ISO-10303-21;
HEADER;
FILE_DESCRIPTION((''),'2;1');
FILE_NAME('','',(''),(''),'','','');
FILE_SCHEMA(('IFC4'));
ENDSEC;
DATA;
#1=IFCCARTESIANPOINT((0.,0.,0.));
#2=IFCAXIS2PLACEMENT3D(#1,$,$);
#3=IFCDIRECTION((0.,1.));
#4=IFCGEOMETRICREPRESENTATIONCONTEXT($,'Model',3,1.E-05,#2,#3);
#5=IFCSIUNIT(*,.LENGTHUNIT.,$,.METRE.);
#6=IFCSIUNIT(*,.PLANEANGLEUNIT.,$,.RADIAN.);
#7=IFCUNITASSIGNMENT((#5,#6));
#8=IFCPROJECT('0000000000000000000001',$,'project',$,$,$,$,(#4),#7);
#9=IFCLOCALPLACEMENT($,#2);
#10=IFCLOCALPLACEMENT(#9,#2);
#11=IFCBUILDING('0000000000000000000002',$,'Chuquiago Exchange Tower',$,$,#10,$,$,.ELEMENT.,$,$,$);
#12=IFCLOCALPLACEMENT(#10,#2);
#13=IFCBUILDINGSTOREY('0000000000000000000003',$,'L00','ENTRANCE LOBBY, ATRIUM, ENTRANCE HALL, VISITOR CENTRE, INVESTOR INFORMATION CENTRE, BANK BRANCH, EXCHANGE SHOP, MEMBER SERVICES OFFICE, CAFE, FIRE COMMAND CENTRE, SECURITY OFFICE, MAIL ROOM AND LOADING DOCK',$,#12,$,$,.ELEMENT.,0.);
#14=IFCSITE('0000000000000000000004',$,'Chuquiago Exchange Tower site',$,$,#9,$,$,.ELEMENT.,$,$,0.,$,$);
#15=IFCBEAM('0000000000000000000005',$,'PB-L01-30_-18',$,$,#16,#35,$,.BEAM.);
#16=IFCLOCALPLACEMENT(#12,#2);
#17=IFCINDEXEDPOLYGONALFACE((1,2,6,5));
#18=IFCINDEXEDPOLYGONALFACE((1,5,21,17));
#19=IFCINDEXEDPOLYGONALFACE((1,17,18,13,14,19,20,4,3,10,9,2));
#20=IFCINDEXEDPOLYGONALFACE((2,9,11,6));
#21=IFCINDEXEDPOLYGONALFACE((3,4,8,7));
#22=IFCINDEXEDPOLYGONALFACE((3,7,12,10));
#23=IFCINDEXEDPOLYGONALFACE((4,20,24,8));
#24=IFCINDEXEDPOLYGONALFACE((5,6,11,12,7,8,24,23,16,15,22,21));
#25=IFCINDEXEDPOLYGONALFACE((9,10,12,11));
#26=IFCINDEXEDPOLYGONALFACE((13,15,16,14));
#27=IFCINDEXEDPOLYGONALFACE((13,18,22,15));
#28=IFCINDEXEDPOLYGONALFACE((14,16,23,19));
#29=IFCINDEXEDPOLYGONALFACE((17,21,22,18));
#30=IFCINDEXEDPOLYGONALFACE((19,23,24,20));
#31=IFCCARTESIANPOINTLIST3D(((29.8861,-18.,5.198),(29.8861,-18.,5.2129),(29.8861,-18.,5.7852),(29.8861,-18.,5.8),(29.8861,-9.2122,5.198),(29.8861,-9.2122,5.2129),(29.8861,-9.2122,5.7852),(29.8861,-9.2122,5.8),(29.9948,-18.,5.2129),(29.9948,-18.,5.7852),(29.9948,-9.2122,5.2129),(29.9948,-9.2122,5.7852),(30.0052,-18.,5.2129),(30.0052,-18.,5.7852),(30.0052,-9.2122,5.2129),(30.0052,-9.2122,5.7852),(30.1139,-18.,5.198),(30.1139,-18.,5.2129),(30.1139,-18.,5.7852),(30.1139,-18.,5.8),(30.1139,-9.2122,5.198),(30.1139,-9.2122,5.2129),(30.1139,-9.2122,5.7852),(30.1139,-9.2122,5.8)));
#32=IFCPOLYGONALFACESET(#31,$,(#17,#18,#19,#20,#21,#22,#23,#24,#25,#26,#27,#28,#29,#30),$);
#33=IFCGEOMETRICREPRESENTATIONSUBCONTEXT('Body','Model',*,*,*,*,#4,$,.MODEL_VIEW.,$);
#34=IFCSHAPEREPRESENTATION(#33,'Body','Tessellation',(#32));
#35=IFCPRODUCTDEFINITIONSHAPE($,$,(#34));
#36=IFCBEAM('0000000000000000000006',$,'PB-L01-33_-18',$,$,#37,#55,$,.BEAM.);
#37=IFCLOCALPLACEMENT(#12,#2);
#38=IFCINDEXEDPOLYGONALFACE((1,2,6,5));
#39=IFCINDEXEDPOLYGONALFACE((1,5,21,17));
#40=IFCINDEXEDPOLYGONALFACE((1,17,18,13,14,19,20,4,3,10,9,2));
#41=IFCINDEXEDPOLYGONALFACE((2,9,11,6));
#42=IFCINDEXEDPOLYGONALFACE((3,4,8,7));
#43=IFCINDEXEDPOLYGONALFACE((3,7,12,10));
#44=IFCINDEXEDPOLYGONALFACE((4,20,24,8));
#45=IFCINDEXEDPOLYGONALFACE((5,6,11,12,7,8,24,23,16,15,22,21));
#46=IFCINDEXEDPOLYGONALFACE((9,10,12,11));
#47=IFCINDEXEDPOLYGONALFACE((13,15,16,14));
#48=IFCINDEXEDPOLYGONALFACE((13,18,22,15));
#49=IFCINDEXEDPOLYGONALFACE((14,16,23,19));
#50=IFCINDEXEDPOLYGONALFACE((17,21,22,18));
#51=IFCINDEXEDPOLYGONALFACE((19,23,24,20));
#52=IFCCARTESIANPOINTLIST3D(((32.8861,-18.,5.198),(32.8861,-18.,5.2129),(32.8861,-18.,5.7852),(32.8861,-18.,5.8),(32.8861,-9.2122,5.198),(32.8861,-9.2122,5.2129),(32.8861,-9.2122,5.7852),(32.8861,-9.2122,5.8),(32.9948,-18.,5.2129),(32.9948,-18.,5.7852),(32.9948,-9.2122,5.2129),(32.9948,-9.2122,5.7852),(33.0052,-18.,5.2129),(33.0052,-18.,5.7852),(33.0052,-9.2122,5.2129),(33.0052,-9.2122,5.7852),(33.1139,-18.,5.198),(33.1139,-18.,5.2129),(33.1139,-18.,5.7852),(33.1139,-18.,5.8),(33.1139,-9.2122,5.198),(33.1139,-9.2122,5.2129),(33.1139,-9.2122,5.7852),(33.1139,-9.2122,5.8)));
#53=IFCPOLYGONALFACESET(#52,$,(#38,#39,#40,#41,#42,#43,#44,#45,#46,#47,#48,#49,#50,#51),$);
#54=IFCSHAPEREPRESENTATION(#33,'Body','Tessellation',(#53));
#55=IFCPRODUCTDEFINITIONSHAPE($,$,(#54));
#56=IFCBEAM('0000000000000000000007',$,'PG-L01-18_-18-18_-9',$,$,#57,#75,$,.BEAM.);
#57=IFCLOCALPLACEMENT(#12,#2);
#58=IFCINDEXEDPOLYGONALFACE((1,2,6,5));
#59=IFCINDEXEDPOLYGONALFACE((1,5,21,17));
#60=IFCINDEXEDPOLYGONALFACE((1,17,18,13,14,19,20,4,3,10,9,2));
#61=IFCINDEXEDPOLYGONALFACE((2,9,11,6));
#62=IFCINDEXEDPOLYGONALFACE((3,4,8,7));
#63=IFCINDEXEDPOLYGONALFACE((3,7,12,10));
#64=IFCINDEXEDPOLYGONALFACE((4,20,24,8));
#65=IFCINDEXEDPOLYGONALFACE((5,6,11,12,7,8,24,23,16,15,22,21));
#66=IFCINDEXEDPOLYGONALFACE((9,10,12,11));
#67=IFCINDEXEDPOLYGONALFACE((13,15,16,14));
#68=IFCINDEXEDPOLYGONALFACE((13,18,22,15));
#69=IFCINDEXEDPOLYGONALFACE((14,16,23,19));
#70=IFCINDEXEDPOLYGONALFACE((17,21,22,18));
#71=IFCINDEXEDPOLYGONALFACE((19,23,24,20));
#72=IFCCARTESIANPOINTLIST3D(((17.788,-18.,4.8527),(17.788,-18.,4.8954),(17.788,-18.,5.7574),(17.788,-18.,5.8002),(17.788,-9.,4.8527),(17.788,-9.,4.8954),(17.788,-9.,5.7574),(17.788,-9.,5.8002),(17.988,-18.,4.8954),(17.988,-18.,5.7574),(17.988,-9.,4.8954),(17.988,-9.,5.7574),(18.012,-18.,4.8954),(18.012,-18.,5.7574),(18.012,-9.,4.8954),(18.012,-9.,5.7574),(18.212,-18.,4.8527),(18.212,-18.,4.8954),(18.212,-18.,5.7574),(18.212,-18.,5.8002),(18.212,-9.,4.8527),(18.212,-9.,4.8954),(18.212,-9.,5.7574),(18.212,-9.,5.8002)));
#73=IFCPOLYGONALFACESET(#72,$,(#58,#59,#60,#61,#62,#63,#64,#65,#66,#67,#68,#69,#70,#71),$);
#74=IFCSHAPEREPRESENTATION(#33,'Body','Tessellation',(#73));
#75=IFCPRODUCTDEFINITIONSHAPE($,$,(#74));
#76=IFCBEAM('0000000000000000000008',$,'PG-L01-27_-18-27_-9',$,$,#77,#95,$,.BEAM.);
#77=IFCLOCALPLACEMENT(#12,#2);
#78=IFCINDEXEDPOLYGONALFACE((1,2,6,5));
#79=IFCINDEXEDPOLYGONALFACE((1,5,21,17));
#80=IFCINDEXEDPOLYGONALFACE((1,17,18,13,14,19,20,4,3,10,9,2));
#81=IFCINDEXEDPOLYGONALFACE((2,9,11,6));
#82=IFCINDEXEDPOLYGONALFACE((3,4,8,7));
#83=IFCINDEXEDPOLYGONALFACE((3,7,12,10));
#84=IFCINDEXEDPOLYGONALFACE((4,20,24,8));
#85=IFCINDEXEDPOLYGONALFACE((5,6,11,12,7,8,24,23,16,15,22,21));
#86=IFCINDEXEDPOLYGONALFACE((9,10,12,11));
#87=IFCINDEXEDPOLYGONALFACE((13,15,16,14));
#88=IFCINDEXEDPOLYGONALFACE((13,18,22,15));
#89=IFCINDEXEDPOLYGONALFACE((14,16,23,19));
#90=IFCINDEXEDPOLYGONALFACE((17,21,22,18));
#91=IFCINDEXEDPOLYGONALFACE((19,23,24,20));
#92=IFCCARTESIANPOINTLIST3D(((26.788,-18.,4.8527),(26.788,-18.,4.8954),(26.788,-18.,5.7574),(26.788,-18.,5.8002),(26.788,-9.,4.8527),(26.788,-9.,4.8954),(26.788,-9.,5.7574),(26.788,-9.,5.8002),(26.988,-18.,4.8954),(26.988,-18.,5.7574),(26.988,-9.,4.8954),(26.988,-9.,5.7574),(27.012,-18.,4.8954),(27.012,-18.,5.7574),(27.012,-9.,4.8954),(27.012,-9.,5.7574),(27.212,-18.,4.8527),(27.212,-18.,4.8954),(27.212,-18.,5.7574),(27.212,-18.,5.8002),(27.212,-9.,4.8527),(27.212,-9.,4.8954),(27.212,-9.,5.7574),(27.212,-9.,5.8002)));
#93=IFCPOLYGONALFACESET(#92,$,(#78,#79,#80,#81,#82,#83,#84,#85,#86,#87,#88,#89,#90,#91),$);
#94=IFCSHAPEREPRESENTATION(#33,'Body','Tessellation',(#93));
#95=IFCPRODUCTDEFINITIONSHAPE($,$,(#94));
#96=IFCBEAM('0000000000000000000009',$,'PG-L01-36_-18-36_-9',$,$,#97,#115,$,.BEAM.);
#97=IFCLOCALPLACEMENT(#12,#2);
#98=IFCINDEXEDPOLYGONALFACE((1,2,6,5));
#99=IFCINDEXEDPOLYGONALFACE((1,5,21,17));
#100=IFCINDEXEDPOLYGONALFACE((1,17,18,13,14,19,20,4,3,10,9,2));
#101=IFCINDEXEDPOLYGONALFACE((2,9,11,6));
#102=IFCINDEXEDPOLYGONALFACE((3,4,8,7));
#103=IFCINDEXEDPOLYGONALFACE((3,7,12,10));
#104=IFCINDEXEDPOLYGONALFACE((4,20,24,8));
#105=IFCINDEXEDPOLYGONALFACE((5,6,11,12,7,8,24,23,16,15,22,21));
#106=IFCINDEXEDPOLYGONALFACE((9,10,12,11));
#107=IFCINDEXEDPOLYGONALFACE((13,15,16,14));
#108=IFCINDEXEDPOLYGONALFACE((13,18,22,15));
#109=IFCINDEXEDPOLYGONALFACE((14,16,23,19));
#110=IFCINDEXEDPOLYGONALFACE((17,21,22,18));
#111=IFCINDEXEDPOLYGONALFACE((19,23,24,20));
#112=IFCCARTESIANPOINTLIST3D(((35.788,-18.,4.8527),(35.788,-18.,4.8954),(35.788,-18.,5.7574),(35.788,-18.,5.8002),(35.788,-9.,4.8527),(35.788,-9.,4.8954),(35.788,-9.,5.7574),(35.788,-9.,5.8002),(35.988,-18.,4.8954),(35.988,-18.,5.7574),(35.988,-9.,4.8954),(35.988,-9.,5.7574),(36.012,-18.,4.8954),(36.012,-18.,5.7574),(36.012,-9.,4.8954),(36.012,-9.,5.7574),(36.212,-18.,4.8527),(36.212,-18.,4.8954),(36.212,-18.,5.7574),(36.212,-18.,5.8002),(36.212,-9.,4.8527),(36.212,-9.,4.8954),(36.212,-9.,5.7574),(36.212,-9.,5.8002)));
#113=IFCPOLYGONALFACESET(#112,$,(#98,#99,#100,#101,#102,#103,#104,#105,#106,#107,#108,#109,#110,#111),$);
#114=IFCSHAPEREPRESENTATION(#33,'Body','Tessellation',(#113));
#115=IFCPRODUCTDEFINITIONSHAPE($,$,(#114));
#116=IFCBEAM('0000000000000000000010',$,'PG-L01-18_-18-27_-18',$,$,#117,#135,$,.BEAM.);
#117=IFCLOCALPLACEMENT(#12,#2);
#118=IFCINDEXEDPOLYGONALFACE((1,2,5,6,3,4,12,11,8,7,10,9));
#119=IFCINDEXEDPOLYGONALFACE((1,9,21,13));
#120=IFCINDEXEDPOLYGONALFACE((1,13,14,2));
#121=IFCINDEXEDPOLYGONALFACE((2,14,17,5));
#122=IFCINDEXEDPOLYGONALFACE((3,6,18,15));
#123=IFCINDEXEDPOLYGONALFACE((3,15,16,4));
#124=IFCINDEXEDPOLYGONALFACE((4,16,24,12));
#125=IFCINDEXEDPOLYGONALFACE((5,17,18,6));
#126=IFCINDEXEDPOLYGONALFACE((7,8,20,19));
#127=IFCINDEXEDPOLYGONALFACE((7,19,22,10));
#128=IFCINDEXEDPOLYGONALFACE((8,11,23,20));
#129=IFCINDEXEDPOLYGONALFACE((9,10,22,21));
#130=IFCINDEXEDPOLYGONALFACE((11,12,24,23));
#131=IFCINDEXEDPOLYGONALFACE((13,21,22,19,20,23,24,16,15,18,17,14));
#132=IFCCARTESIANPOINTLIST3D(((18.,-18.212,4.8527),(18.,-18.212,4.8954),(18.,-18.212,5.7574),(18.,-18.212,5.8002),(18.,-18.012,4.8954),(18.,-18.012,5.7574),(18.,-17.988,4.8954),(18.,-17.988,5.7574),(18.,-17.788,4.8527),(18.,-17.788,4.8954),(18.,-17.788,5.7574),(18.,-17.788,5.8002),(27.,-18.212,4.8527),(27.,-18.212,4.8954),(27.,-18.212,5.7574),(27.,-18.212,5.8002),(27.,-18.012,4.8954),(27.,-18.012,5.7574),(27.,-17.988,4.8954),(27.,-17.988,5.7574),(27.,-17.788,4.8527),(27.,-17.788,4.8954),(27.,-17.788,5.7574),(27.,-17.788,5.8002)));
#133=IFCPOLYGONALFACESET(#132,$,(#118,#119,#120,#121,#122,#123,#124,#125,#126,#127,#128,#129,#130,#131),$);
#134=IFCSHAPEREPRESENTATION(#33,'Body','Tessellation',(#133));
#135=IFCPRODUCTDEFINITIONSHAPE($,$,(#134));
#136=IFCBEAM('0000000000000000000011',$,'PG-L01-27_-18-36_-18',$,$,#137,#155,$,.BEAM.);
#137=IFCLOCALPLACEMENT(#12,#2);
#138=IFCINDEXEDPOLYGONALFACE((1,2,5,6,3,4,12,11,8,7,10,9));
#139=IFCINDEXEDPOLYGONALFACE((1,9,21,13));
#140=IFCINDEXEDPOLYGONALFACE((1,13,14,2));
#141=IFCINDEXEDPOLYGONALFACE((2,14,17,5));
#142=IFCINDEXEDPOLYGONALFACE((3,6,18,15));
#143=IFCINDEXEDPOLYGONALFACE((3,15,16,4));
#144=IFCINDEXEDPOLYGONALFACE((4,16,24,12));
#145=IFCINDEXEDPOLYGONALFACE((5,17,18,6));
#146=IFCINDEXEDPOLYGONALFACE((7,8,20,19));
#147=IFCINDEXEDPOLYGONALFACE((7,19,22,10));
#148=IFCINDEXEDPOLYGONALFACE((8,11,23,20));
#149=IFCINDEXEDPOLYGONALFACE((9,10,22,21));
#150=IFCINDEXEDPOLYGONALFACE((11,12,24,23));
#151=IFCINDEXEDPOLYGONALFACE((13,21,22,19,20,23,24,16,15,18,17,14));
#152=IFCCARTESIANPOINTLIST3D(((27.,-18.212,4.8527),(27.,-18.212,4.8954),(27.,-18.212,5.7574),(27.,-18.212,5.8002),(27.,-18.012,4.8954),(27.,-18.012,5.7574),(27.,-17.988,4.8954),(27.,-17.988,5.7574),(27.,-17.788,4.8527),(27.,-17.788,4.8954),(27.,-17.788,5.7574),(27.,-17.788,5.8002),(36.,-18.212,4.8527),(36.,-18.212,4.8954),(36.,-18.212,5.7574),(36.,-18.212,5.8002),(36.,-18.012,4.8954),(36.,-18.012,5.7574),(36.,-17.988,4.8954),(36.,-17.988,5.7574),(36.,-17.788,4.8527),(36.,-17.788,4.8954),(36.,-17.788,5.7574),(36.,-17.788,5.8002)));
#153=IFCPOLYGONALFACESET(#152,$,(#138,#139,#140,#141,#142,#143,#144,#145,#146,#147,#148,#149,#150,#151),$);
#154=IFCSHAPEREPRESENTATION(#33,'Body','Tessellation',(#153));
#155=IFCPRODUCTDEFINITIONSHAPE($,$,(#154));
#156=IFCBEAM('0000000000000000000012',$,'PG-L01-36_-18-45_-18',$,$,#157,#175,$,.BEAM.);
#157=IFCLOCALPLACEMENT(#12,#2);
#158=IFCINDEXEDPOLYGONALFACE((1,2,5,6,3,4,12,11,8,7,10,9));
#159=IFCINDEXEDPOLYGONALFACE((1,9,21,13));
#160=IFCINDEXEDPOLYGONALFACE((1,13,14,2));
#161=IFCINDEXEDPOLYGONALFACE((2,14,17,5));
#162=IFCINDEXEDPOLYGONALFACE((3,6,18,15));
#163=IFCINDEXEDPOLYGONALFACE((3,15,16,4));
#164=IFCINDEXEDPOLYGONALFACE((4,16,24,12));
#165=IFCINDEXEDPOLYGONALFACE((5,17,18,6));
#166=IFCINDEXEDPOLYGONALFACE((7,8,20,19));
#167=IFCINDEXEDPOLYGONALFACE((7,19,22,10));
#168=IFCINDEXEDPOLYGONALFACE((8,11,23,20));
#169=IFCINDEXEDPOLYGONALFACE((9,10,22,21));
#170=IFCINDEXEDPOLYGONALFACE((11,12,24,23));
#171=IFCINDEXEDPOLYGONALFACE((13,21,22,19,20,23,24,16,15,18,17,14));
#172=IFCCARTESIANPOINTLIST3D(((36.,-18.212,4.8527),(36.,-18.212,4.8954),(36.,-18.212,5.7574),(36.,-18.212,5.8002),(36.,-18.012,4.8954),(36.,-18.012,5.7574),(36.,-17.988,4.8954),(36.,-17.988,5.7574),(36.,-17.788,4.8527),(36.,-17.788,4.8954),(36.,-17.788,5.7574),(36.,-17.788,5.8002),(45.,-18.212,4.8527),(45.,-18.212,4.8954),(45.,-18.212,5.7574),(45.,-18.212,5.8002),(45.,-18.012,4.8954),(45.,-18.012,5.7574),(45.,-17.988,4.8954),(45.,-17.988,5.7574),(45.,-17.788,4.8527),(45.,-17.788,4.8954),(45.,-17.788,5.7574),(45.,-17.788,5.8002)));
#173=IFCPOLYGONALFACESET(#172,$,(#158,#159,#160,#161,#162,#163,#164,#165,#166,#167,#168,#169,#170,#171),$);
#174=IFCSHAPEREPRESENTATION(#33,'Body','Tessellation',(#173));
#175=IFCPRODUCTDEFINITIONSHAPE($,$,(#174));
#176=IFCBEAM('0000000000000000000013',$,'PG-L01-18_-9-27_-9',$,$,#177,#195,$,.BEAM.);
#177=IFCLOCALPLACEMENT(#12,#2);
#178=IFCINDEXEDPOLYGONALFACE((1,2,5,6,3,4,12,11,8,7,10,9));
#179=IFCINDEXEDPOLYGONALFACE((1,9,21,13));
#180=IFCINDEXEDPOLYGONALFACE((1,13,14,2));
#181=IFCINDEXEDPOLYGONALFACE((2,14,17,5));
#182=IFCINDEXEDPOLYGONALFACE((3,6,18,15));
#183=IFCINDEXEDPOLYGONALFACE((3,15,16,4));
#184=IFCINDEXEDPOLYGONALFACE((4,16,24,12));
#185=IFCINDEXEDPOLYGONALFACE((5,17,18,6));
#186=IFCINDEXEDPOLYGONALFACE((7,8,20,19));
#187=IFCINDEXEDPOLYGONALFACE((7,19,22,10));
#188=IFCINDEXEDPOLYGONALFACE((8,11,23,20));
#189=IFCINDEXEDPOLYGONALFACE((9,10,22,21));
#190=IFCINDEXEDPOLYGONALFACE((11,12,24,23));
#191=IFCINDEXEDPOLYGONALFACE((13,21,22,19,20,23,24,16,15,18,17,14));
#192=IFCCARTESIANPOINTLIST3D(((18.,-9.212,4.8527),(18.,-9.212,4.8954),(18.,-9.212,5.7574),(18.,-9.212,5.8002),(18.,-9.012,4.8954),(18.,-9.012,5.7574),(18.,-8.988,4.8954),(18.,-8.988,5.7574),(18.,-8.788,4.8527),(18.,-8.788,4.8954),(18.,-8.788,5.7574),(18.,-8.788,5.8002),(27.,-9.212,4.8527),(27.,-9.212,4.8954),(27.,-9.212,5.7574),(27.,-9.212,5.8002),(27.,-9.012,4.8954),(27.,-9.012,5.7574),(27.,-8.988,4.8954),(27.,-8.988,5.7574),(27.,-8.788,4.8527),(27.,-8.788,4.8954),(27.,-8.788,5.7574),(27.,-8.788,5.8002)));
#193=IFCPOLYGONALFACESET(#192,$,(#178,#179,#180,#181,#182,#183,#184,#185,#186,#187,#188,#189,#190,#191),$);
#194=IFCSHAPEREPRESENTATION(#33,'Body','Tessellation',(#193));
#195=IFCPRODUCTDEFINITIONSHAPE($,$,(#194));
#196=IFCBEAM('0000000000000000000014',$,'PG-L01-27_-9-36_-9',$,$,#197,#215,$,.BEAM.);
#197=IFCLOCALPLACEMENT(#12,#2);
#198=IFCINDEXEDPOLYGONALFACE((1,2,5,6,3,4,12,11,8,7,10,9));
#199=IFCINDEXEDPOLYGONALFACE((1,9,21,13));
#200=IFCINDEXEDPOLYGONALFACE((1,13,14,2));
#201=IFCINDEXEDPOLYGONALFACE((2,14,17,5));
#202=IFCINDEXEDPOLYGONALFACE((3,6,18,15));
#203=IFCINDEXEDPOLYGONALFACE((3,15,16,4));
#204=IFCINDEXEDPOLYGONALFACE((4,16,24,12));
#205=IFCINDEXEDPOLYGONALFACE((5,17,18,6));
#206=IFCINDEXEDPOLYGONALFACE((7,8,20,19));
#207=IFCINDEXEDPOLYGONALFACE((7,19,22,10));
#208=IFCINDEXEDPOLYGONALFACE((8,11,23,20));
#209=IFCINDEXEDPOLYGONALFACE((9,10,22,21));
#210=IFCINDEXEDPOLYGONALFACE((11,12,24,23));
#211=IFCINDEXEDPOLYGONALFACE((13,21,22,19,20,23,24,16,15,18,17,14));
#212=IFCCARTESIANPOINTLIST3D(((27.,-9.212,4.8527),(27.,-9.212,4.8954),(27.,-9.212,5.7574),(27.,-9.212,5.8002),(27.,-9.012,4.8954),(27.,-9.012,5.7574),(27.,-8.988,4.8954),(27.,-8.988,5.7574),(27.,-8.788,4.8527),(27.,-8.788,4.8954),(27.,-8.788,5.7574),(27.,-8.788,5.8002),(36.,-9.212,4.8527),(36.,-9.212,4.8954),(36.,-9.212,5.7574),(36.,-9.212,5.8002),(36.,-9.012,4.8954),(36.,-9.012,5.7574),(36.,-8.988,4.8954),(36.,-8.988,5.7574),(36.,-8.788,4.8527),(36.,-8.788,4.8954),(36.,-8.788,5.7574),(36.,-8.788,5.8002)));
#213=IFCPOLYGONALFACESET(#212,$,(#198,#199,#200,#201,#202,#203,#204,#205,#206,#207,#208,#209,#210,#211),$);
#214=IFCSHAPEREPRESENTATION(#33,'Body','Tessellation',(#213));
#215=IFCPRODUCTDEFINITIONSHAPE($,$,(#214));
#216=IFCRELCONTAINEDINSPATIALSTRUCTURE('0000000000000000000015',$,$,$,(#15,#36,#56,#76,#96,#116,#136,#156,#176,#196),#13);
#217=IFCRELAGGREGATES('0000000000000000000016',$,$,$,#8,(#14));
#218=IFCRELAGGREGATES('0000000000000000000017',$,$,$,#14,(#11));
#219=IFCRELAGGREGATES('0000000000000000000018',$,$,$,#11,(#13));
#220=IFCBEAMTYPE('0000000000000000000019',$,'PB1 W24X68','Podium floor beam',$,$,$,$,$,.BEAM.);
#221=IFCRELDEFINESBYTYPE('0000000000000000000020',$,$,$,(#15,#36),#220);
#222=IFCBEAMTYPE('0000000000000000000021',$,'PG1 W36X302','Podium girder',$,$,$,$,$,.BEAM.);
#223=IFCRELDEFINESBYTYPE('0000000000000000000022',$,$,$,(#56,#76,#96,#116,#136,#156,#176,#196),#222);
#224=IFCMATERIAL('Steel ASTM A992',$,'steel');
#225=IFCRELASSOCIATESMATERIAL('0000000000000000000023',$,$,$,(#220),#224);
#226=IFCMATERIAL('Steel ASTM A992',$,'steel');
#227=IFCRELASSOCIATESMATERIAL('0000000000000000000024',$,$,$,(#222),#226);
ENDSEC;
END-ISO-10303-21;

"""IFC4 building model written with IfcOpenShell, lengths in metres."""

from ifc_helpers import new_model, si_unit, direction, frame, origin, origin_2d, place, context, subcontext, project, spatial, i_section, extrude, material, material_profile, profile_set, type_object, element, save


model = new_model("IFC4")

# Units and contexts
model_context = context("Model", 3, precision=1e-05, world=origin(), true_north=direction((0.0, 1.0)))
body_context = subcontext(model_context, "Body", "Model", "MODEL_VIEW")
ifc_project = project(units=[si_unit("LENGTHUNIT", "METRE"), si_unit("PLANEANGLEUNIT", "RADIAN")], contexts=[model_context])

# Site, building, storey
site_placement = place(None, origin())
site = spatial("IfcSite", under=ifc_project, at=site_placement, Name="Chuquiago Exchange Tower site", CompositionType="ELEMENT", RefElevation=0.0)
building_placement = place(site_placement, origin())
building = spatial("IfcBuilding", under=site, at=building_placement, Name="Chuquiago Exchange Tower", CompositionType="ELEMENT")
storey_placement = place(building_placement, origin())
storey = spatial("IfcBuildingStorey", under=building, at=storey_placement, Name="L00", Description="ENTRANCE LOBBY, ATRIUM, ENTRANCE HALL, VISITOR CENTRE, INVESTOR INFORMATION CENTRE, BANK BRANCH, EXCHANGE SHOP, MEMBER SERVICES OFFICE, CAFE, FIRE COMMAND CENTRE, SECURITY OFFICE, MAIL ROOM AND LOADING DOCK", CompositionType="ELEMENT", Elevation=0.0)

# Beams
ifc_material_1 = material(Name="Steel ASTM A992", Category="steel")
ifc_material_profile_1 = material_profile(ifc_material_1, i_section(OverallWidth=0.2278, OverallDepth=0.6021, WebThickness=0.0105, FlangeThickness=0.0149, at=origin_2d()), Name="W24X68")
ifc_profile_set_1 = profile_set([ifc_material_profile_1], Name="Steel ASTM A992")
beam_type_1 = type_object("IfcBeamType", Name="PB1 W24X68", Description="Podium floor beam", PredefinedType="BEAM", material=ifc_profile_set_1)
for number, where, z_axis, x_axis, name in (
    (1, (30.0, -18.0, 5.499), (0.0, 1.0, 0.0), (-1.0, 0.0, 0.0), "PB-L01-30_-18"),
    (2, (33.0, -18.0, 5.499), (0.0, 1.0, 0.0), (-1.0, 0.0, 0.0), "PB-L01-33_-18"),
):
    element("IfcBeam", number, at=place(storey_placement, frame(where, z_axis=z_axis, x_axis=x_axis)), inside=storey, type_object=beam_type_1, Name=name, PredefinedType="BEAM", context=body_context, shape_type="SweptSolid", body=[
        extrude(i_section(OverallWidth=0.2278, OverallDepth=0.6021, WebThickness=0.0105, FlangeThickness=0.0149, at=origin_2d()), origin(), (0.0, 0.0, 1.0), 8.7878),
    ])
ifc_material_2 = material(Name="Steel ASTM A992", Category="steel")
ifc_material_profile_2 = material_profile(ifc_material_2, i_section(OverallWidth=0.4241, OverallDepth=0.9475, WebThickness=0.0239, FlangeThickness=0.0427, at=origin_2d()), Name="W36X302")
ifc_profile_set_2 = profile_set([ifc_material_profile_2], Name="Steel ASTM A992")
beam_type_2 = type_object("IfcBeamType", Name="PG1 W36X302", Description="Podium girder", PredefinedType="BEAM", material=ifc_profile_set_2)
for number, where, z_axis, x_axis, name in (
    (3, (18.0, -18.0, 5.3264), (0.0, 1.0, 0.0), (-1.0, 0.0, 0.0), "PG-L01-18_-18-18_-9"),
    (4, (27.0, -18.0, 5.3264), (0.0, 1.0, 0.0), (-1.0, 0.0, 0.0), "PG-L01-27_-18-27_-9"),
    (5, (36.0, -18.0, 5.3264), (0.0, 1.0, 0.0), (-1.0, 0.0, 0.0), "PG-L01-36_-18-36_-9"),
    (6, (18.0, -18.0, 5.3264), (1.0, 0.0, 0.0), (0.0, 1.0, 0.0), "PG-L01-18_-18-27_-18"),
    (7, (27.0, -18.0, 5.3264), (1.0, 0.0, 0.0), (0.0, 1.0, 0.0), "PG-L01-27_-18-36_-18"),
    (8, (36.0, -18.0, 5.3264), (1.0, 0.0, 0.0), (0.0, 1.0, 0.0), "PG-L01-36_-18-45_-18"),
    (9, (18.0, -9.0, 5.3264), (1.0, 0.0, 0.0), (0.0, 1.0, 0.0), "PG-L01-18_-9-27_-9"),
    (10, (27.0, -9.0, 5.3264), (1.0, 0.0, 0.0), (0.0, 1.0, 0.0), "PG-L01-27_-9-36_-9"),
):
    element("IfcBeam", number, at=place(storey_placement, frame(where, z_axis=z_axis, x_axis=x_axis)), inside=storey, type_object=beam_type_2, Name=name, PredefinedType="BEAM", context=body_context, shape_type="SweptSolid", body=[
        extrude(i_section(OverallWidth=0.4241, OverallDepth=0.9475, WebThickness=0.0239, FlangeThickness=0.0427, at=origin_2d()), origin(), (0.0, 0.0, 1.0), 9.0),
    ])

save(model, "model.ifc")
